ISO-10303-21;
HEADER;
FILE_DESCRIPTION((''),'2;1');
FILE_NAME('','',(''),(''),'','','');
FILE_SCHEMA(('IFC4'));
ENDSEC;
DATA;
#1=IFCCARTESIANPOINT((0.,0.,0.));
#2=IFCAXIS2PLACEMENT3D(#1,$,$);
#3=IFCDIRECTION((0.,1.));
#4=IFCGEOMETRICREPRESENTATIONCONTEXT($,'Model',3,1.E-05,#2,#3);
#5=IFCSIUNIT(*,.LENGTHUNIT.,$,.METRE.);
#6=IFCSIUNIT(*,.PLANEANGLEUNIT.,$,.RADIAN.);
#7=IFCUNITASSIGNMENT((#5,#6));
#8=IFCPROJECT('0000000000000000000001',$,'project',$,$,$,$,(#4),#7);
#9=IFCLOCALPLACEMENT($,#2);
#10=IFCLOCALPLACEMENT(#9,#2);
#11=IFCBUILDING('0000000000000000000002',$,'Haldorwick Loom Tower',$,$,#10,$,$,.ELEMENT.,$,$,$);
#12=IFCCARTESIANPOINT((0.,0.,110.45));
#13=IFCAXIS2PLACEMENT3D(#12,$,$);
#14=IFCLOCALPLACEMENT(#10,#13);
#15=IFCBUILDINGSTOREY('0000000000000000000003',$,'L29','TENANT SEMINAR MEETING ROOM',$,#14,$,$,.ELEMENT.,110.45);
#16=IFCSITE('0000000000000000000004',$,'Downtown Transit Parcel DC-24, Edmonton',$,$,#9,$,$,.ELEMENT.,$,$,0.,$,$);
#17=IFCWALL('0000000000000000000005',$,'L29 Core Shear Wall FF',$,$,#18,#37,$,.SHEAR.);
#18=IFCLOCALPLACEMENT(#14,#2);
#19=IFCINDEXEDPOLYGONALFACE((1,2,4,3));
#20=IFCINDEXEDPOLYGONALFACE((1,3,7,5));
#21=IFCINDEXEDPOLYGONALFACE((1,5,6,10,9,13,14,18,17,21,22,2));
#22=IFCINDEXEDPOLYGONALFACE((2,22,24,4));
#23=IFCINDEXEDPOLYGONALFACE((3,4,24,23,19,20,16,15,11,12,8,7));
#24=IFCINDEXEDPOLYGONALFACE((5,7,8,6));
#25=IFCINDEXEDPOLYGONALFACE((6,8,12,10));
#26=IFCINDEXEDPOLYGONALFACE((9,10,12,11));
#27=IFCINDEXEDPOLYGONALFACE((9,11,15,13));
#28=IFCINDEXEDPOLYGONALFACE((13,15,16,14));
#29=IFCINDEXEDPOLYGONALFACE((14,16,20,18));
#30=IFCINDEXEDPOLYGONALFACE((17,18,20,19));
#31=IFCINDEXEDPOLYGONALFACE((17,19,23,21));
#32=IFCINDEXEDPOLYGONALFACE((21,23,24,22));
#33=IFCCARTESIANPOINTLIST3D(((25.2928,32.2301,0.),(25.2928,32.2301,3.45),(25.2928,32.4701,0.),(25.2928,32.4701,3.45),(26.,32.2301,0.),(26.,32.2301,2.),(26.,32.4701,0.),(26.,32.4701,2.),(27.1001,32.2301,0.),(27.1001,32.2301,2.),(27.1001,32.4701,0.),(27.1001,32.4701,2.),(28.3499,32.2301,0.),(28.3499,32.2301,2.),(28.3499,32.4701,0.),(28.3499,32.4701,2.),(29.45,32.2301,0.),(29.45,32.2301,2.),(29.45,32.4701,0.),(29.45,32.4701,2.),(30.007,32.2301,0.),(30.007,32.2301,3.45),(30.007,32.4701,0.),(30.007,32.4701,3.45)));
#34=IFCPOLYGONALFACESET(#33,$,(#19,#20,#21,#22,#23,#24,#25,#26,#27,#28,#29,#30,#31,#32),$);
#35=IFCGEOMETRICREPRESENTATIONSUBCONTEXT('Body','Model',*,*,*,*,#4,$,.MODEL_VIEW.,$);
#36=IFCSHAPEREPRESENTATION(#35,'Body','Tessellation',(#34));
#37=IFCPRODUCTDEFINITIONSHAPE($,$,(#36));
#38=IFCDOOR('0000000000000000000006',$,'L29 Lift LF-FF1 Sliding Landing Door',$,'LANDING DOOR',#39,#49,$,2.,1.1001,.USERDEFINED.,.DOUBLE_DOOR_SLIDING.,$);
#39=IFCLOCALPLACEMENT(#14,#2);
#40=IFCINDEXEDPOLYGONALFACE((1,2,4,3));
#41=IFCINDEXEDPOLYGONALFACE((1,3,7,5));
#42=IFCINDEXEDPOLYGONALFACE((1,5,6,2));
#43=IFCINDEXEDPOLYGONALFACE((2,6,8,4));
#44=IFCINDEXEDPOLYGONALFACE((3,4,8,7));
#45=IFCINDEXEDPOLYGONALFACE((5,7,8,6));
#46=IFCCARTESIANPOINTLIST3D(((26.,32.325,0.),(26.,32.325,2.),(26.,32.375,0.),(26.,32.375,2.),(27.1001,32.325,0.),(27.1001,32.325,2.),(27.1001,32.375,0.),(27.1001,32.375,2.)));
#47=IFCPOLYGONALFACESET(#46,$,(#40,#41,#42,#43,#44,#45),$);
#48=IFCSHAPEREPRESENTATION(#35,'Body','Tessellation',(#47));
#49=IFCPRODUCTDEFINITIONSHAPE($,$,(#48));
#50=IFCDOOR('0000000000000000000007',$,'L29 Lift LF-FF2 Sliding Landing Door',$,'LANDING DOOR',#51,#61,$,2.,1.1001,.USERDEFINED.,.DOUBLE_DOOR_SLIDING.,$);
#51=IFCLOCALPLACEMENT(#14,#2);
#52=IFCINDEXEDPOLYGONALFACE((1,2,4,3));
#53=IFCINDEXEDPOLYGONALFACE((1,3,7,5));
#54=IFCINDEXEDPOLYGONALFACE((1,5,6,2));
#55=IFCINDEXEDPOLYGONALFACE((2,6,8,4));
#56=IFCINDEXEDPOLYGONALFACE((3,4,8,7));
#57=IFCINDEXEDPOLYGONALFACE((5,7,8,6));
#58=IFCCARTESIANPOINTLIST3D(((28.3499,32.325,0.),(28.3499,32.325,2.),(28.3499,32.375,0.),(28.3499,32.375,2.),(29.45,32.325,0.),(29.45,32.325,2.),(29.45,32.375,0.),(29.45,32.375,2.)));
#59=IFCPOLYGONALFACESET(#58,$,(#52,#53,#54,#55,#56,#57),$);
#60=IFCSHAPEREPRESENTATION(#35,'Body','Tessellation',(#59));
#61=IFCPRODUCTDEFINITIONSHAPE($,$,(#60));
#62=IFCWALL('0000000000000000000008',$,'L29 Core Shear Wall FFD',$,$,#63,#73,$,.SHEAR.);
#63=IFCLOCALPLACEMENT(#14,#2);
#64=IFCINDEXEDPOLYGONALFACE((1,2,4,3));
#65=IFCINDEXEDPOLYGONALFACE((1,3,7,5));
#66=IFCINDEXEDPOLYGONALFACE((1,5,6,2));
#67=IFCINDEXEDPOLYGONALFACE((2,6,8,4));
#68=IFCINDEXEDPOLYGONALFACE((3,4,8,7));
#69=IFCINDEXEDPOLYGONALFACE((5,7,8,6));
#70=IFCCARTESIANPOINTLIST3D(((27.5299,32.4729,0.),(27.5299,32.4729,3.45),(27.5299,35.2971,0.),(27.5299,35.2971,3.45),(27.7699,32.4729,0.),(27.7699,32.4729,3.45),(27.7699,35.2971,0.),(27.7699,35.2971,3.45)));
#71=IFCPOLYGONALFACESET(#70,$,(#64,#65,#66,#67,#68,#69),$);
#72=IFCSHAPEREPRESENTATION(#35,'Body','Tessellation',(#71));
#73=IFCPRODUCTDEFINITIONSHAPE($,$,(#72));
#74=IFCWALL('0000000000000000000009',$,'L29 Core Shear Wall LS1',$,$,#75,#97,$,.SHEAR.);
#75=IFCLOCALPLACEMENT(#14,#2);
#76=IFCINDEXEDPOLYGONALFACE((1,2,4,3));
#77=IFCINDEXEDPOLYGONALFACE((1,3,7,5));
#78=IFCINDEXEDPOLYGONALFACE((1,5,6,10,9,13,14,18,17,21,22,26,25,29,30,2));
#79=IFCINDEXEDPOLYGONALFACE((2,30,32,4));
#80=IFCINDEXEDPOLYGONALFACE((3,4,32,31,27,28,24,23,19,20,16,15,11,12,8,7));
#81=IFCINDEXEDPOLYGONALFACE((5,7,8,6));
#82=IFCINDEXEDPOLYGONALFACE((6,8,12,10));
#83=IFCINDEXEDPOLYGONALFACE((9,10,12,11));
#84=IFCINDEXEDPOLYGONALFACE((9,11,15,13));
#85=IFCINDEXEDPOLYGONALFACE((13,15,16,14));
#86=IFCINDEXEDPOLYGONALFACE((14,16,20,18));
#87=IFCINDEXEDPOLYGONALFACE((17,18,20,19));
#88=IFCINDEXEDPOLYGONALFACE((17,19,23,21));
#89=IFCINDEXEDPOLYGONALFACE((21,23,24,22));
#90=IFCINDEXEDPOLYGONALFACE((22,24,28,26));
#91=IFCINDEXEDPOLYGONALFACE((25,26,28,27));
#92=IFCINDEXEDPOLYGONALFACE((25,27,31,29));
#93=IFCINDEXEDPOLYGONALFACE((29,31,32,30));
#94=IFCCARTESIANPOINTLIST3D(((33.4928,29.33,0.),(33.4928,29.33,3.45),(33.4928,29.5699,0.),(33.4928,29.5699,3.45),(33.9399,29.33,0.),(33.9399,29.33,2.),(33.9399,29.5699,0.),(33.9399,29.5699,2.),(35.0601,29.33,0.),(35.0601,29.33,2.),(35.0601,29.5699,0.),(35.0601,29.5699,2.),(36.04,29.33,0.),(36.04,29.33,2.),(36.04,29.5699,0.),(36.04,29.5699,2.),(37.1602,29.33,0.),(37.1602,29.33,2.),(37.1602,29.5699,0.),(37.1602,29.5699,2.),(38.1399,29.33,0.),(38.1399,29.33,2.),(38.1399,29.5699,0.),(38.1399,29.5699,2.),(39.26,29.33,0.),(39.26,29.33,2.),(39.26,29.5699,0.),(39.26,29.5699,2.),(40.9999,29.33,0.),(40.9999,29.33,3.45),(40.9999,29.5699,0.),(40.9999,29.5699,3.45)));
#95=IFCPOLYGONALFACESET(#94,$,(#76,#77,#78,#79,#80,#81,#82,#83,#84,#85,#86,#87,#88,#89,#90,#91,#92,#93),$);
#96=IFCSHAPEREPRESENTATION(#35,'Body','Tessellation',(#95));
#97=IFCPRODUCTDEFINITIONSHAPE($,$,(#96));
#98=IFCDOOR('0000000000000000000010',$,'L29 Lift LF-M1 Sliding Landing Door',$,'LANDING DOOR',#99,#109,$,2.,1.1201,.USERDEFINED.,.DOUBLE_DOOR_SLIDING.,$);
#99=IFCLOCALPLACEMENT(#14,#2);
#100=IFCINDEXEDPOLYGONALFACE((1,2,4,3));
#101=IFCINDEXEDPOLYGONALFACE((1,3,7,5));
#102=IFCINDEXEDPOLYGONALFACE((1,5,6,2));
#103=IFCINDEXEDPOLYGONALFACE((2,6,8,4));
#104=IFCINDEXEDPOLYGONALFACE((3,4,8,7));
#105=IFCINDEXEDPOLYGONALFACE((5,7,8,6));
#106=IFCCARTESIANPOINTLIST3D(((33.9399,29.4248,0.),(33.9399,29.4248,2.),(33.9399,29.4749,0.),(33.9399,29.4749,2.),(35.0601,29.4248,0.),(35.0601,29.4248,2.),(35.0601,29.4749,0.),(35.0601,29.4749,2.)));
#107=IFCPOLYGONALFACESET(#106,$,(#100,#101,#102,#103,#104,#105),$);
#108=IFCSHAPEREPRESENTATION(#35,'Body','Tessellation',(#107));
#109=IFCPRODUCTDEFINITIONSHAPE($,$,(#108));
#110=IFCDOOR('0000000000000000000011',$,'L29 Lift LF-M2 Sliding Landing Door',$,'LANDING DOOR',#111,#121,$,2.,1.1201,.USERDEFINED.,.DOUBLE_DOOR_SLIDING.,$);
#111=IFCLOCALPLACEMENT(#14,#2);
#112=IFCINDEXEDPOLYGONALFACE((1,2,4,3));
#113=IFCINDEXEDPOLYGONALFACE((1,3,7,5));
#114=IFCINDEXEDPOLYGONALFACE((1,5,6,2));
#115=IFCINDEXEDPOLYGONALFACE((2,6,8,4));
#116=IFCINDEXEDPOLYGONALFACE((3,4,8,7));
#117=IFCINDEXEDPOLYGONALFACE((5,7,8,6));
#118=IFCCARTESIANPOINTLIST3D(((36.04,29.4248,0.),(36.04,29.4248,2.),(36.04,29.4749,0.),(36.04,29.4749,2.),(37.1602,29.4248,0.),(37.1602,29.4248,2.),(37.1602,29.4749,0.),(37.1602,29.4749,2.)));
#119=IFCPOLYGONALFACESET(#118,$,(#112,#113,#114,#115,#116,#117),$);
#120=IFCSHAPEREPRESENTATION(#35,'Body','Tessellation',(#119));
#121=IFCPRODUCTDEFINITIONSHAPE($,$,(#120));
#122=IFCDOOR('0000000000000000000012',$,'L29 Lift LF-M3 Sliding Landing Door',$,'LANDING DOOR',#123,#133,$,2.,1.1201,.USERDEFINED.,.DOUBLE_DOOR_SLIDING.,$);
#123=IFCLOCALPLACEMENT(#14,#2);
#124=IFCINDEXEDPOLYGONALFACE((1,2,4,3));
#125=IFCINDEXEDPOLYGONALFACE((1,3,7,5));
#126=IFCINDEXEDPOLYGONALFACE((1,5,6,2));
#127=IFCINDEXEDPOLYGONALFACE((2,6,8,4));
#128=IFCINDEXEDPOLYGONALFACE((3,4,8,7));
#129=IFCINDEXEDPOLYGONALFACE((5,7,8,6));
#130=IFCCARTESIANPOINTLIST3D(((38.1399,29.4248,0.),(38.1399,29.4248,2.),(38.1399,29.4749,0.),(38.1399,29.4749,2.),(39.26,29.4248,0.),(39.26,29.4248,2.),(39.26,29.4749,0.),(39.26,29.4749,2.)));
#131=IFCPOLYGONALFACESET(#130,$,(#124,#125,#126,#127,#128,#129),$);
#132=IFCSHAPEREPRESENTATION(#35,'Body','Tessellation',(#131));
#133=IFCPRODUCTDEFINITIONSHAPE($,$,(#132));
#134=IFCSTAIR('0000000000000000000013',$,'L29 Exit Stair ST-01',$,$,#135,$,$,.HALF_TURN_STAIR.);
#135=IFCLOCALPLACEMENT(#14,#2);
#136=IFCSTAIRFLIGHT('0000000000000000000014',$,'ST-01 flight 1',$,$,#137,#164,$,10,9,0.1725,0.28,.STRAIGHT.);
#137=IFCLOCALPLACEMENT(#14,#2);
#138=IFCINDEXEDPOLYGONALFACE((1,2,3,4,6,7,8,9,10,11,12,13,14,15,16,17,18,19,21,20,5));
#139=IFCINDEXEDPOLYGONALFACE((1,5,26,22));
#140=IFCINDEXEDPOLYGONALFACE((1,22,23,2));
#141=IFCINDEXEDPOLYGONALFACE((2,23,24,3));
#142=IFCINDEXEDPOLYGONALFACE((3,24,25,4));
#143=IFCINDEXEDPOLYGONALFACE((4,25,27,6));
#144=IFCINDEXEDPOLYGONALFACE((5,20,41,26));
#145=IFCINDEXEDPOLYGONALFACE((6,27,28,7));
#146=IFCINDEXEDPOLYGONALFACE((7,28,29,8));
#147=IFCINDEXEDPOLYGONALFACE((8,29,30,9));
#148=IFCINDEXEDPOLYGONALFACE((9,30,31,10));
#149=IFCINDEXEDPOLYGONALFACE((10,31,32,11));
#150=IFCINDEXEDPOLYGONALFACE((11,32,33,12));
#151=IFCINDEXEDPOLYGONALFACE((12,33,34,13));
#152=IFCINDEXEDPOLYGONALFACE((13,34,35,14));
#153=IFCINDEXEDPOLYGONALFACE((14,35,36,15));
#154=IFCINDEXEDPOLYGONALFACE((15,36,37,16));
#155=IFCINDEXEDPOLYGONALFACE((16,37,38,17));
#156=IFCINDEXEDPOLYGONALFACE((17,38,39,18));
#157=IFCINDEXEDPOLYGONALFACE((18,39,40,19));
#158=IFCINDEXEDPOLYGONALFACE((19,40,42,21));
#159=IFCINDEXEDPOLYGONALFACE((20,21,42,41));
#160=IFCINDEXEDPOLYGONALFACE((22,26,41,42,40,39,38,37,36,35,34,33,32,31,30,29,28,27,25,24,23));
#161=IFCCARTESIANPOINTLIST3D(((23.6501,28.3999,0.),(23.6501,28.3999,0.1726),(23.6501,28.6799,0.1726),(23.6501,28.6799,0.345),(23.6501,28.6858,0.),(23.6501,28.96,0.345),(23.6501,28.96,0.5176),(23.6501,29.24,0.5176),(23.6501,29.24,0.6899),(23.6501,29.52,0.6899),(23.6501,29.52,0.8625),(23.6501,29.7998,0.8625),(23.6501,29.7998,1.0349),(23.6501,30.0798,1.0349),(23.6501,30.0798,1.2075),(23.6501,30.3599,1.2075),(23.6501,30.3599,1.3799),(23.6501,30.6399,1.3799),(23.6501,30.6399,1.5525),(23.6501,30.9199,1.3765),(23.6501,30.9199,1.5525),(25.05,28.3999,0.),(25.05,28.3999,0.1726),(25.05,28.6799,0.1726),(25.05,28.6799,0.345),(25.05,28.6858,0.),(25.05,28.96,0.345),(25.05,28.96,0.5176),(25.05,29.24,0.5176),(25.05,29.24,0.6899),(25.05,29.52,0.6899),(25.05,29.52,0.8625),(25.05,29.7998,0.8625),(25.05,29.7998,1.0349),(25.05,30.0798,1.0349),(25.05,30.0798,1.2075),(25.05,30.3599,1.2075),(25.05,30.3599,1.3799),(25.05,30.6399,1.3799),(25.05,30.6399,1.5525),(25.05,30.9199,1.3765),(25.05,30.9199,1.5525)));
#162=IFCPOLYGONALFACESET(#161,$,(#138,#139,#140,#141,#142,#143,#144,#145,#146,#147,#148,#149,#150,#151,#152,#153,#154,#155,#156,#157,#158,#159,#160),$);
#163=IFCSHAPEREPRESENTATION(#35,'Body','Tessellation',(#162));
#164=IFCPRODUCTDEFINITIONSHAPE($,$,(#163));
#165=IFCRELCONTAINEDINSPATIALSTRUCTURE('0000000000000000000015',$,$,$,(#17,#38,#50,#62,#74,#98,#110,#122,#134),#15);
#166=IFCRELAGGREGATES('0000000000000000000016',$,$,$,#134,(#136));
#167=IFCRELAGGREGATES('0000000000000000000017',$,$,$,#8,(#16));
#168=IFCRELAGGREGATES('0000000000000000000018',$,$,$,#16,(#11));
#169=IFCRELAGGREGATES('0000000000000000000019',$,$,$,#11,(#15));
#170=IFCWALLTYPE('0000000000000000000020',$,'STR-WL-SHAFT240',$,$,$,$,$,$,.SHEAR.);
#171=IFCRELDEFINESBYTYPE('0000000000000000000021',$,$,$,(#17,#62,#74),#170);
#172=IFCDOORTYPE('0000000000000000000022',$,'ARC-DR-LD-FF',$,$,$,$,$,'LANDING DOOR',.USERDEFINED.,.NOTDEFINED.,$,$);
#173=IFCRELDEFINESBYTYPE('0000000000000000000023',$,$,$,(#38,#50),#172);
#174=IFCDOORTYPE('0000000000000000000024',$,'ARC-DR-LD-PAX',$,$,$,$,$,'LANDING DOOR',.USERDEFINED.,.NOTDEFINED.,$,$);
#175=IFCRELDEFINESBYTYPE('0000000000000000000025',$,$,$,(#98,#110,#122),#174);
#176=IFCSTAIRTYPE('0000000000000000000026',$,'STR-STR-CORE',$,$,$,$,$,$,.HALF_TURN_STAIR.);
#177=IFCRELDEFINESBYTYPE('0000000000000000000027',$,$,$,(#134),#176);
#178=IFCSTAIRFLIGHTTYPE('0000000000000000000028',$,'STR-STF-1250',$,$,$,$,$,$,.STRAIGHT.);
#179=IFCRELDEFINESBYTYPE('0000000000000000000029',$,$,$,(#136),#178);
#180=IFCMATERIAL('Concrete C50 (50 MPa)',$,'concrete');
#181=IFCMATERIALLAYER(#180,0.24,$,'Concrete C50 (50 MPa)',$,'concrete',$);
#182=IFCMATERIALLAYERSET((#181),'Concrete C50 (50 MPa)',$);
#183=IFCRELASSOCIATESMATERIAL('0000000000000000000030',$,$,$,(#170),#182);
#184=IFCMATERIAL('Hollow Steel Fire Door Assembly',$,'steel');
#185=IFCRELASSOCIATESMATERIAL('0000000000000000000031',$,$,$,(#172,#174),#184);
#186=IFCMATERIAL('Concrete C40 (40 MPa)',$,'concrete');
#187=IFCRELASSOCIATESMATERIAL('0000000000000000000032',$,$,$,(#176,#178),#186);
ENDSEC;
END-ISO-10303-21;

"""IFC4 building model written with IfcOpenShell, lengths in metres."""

from ifc_helpers import new_model, si_unit, direction, frame, frame_2d, origin, place, context, subcontext, project, spatial, polyline, rectangle, outline, extrude, material, layer, layer_set, type_object, element, fill, aggregate, save


model = new_model("IFC4")

# Units and contexts
model_context = context("Model", 3, precision=1e-05, world=origin(), true_north=direction((0.0, 1.0)))
body_context = subcontext(model_context, "Body", "Model", "MODEL_VIEW")
ifc_project = project(units=[si_unit("LENGTHUNIT", "METRE"), si_unit("PLANEANGLEUNIT", "RADIAN")], contexts=[model_context])

# Site, building, storey
site_placement = place(None, origin())
site = spatial("IfcSite", under=ifc_project, at=site_placement, Name="Downtown Transit Parcel DC-24, Edmonton", CompositionType="ELEMENT", RefElevation=0.0)
building_placement = place(site_placement, origin())
building = spatial("IfcBuilding", under=site, at=building_placement, Name="Haldorwick Loom Tower", CompositionType="ELEMENT")
storey_placement = place(building_placement, frame((0.0, 0.0, 110.45)))
storey = spatial("IfcBuildingStorey", under=building, at=storey_placement, Name="L29", Description="TENANT SEMINAR MEETING ROOM", CompositionType="ELEMENT", Elevation=110.45)

# Shared definitions
ifc_material_1 = material(Name="Concrete C50 (50 MPa)", Category="concrete")
ifc_layer_1 = layer(ifc_material_1, 0.24, Name="Concrete C50 (50 MPa)", Category="concrete")
ifc_layer_set_1 = layer_set([ifc_layer_1], Name="Concrete C50 (50 MPa)")
wall_type_1 = type_object("IfcWallType", Name="STR-WL-SHAFT240", PredefinedType="SHEAR", material=ifc_layer_set_1)

# Wall, openings, doors
wall_1_placement = place(storey_placement, frame((25.293, 32.3501, 0.0), z_axis=(0.0, 0.0, 1.0), x_axis=(1.0, 0.0, 0.0)))
wall_1 = element("IfcWall", 1, at=wall_1_placement, inside=storey, type_object=wall_type_1, Name="L29 Core Shear Wall FF", PredefinedType="SHEAR", context=body_context, shape_type="SweptSolid", body=[
    extrude(rectangle(XDim=4.7141, YDim=0.24, at=frame_2d((2.3569, 0.0))), origin(), (0.0, 0.0, 1.0), 3.45),
])
opening_1_placement = place(wall_1_placement, frame((0.707, 0.0, 0.0)))
opening_1 = element("IfcOpeningElement", 2, at=opening_1_placement, cuts=wall_1, PredefinedType="OPENING", context=body_context, shape_type="SweptSolid", body=[
    extrude(rectangle(XDim=1.1001, YDim=2.0, at=frame_2d((0.55, 1.0))), frame((0.0, 0.1299, 0.0), z_axis=(0.0, -1.0, 0.0), x_axis=(1.0, 0.0, 0.0)), (0.0, 0.0, 1.0), 0.26),
])
opening_2_placement = place(wall_1_placement, frame((3.0569, 0.0, 0.0)))
opening_2 = element("IfcOpeningElement", 3, at=opening_2_placement, cuts=wall_1, PredefinedType="OPENING", context=body_context, shape_type="SweptSolid", body=[
    extrude(rectangle(XDim=1.1001, YDim=2.0, at=frame_2d((0.55, 1.0))), frame((0.0, 0.1299, 0.0), z_axis=(0.0, -1.0, 0.0), x_axis=(1.0, 0.0, 0.0)), (0.0, 0.0, 1.0), 0.26),
])
ifc_material_2 = material(Name="Hollow Steel Fire Door Assembly", Category="steel")
door_type_1 = type_object("IfcDoorType", Name="ARC-DR-LD-FF", ElementType="LANDING DOOR", OperationType="NOTDEFINED", PredefinedType="USERDEFINED", material=ifc_material_2)
door_1_placement = place(opening_1_placement, origin())
door_1 = element("IfcDoor", 4, at=door_1_placement, inside=storey, type_object=door_type_1, Name="L29 Lift LF-FF1 Sliding Landing Door", ObjectType="LANDING DOOR", OperationType="DOUBLE_DOOR_SLIDING", OverallHeight=2.0, OverallWidth=1.1001, PredefinedType="USERDEFINED", context=body_context, shape_type="SweptSolid", body=[
    extrude(rectangle(XDim=1.1001, YDim=2.0, at=frame_2d((0.55, 1.0))), frame((0.0, 0.0249, 0.0), z_axis=(0.0, -1.0, 0.0), x_axis=(1.0, 0.0, 0.0)), (0.0, 0.0, 1.0), 0.05),
])
fill(opening_1, door_1)
door_2_placement = place(opening_2_placement, origin())
door_2 = element("IfcDoor", 5, at=door_2_placement, inside=storey, type_object=door_type_1, Name="L29 Lift LF-FF2 Sliding Landing Door", ObjectType="LANDING DOOR", OperationType="DOUBLE_DOOR_SLIDING", OverallHeight=2.0, OverallWidth=1.1001, PredefinedType="USERDEFINED", context=body_context, shape_type="SweptSolid", body=[
    extrude(rectangle(XDim=1.1001, YDim=2.0, at=frame_2d((0.55, 1.0))), frame((0.0, 0.0249, 0.0), z_axis=(0.0, -1.0, 0.0), x_axis=(1.0, 0.0, 0.0)), (0.0, 0.0, 1.0), 0.05),
])
fill(opening_2, door_2)

# Wall
wall_2_placement = place(storey_placement, frame((27.6499, 32.4729, 0.0), z_axis=(0.0, 0.0, 1.0), x_axis=(0.0, 1.0, 0.0)))
element("IfcWall", 6, at=wall_2_placement, inside=storey, type_object=wall_type_1, Name="L29 Core Shear Wall FFD", PredefinedType="SHEAR", context=body_context, shape_type="SweptSolid", body=[
    extrude(rectangle(XDim=2.8242, YDim=0.24, at=frame_2d((1.4121, 0.0))), origin(), (0.0, 0.0, 1.0), 3.45),
])

# Wall, openings, doors
wall_3_placement = place(storey_placement, frame((33.4929, 29.45, 0.0), z_axis=(0.0, 0.0, 1.0), x_axis=(1.0, 0.0, 0.0)))
wall_3 = element("IfcWall", 7, at=wall_3_placement, inside=storey, type_object=wall_type_1, Name="L29 Core Shear Wall LS1", PredefinedType="SHEAR", context=body_context, shape_type="SweptSolid", body=[
    extrude(rectangle(XDim=7.5071, YDim=0.24, at=frame_2d((3.7534, 0.0))), origin(), (0.0, 0.0, 1.0), 3.45),
])
opening_3_placement = place(wall_3_placement, frame((0.447, 0.0, 0.0)))
opening_3 = element("IfcOpeningElement", 8, at=opening_3_placement, cuts=wall_3, PredefinedType="OPENING", context=body_context, shape_type="SweptSolid", body=[
    extrude(rectangle(XDim=1.1201, YDim=2.0, at=frame_2d((0.5601, 1.0))), frame((0.0, 0.1299, 0.0), z_axis=(0.0, -1.0, 0.0), x_axis=(1.0, 0.0, 0.0)), (0.0, 0.0, 1.0), 0.26),
])
opening_4_placement = place(wall_3_placement, frame((2.5471, 0.0, 0.0)))
opening_4 = element("IfcOpeningElement", 9, at=opening_4_placement, cuts=wall_3, PredefinedType="OPENING", context=body_context, shape_type="SweptSolid", body=[
    extrude(rectangle(XDim=1.1201, YDim=2.0, at=frame_2d((0.5601, 1.0))), frame((0.0, 0.1299, 0.0), z_axis=(0.0, -1.0, 0.0), x_axis=(1.0, 0.0, 0.0)), (0.0, 0.0, 1.0), 0.26),
])
opening_5_placement = place(wall_3_placement, frame((4.647, 0.0, 0.0)))
opening_5 = element("IfcOpeningElement", 10, at=opening_5_placement, cuts=wall_3, PredefinedType="OPENING", context=body_context, shape_type="SweptSolid", body=[
    extrude(rectangle(XDim=1.1201, YDim=2.0, at=frame_2d((0.5601, 1.0))), frame((0.0, 0.1299, 0.0), z_axis=(0.0, -1.0, 0.0), x_axis=(1.0, 0.0, 0.0)), (0.0, 0.0, 1.0), 0.26),
])
door_type_2 = type_object("IfcDoorType", Name="ARC-DR-LD-PAX", ElementType="LANDING DOOR", OperationType="NOTDEFINED", PredefinedType="USERDEFINED", material=ifc_material_2)
door_3_placement = place(opening_3_placement, origin())
door_3 = element("IfcDoor", 11, at=door_3_placement, inside=storey, type_object=door_type_2, Name="L29 Lift LF-M1 Sliding Landing Door", ObjectType="LANDING DOOR", OperationType="DOUBLE_DOOR_SLIDING", OverallHeight=2.0, OverallWidth=1.1201, PredefinedType="USERDEFINED", context=body_context, shape_type="SweptSolid", body=[
    extrude(rectangle(XDim=1.1201, YDim=2.0, at=frame_2d((0.5601, 1.0))), frame((0.0, 0.0249, 0.0), z_axis=(0.0, -1.0, 0.0), x_axis=(1.0, 0.0, 0.0)), (0.0, 0.0, 1.0), 0.05),
])
fill(opening_3, door_3)
door_4_placement = place(opening_4_placement, origin())
door_4 = element("IfcDoor", 12, at=door_4_placement, inside=storey, type_object=door_type_2, Name="L29 Lift LF-M2 Sliding Landing Door", ObjectType="LANDING DOOR", OperationType="DOUBLE_DOOR_SLIDING", OverallHeight=2.0, OverallWidth=1.1201, PredefinedType="USERDEFINED", context=body_context, shape_type="SweptSolid", body=[
    extrude(rectangle(XDim=1.1201, YDim=2.0, at=frame_2d((0.5601, 1.0))), frame((0.0, 0.0249, 0.0), z_axis=(0.0, -1.0, 0.0), x_axis=(1.0, 0.0, 0.0)), (0.0, 0.0, 1.0), 0.05),
])
fill(opening_4, door_4)
door_5_placement = place(opening_5_placement, origin())
door_5 = element("IfcDoor", 13, at=door_5_placement, inside=storey, type_object=door_type_2, Name="L29 Lift LF-M3 Sliding Landing Door", ObjectType="LANDING DOOR", OperationType="DOUBLE_DOOR_SLIDING", OverallHeight=2.0, OverallWidth=1.1201, PredefinedType="USERDEFINED", context=body_context, shape_type="SweptSolid", body=[
    extrude(rectangle(XDim=1.1201, YDim=2.0, at=frame_2d((0.5601, 1.0))), frame((0.0, 0.0249, 0.0), z_axis=(0.0, -1.0, 0.0), x_axis=(1.0, 0.0, 0.0)), (0.0, 0.0, 1.0), 0.05),
])
fill(opening_5, door_5)

# Stair, stair flight
ifc_material_3 = material(Name="Concrete C40 (40 MPa)", Category="concrete")
stair_type = type_object("IfcStairType", Name="STR-STR-CORE", PredefinedType="HALF_TURN_STAIR", material=ifc_material_3)
stair_1_placement = place(storey_placement, origin())
stair_1 = element("IfcStair", 14, at=stair_1_placement, inside=storey, type_object=stair_type, Name="L29 Exit Stair ST-01", PredefinedType="HALF_TURN_STAIR")
stair_flight_type = type_object("IfcStairFlightType", Name="STR-STF-1250", PredefinedType="STRAIGHT", material=ifc_material_3)
stair_flight_1_placement = place(storey_placement, frame((24.3501, 28.3999, 0.0), z_axis=(0.0, 0.0, 1.0), x_axis=(0.0, 1.0, 0.0)))
stair_flight_1 = element("IfcStairFlight", 15, at=stair_flight_1_placement, type_object=stair_flight_type, Name="ST-01 flight 1", NumberOfRisers=10, NumberOfTreads=9, PredefinedType="STRAIGHT", RiserHeight=0.1725, TreadLength=0.28, context=body_context, shape_type="SweptSolid", body=[
    extrude(outline(polyline([(0.0, 0.0), (0.0, 0.1726), (0.28, 0.1726), (0.28, 0.345), (0.5601, 0.345), (0.5601, 0.5176), (0.8401, 0.5176), (0.8401, 0.6899), (1.1201, 0.6899), (1.1201, 0.8625), (1.3999, 0.8625), (1.3999, 1.0349), (1.6799, 1.0349), (1.6799, 1.2075), (1.96, 1.2075), (1.96, 1.3799), (2.24, 1.3799), (2.24, 1.5525), (2.52, 1.5525), (2.52, 1.7251), (2.52, 1.3765), (0.2859, 0.0), (0.0, 0.0)])), frame((0.0, 0.7, 0.0), z_axis=(0.0, -1.0, 0.0), x_axis=(1.0, 0.0, 0.0)), (0.0, 0.0, 1.0), 1.3999),
])
aggregate(stair_1, [stair_flight_1])

save(model, "model.ifc")
